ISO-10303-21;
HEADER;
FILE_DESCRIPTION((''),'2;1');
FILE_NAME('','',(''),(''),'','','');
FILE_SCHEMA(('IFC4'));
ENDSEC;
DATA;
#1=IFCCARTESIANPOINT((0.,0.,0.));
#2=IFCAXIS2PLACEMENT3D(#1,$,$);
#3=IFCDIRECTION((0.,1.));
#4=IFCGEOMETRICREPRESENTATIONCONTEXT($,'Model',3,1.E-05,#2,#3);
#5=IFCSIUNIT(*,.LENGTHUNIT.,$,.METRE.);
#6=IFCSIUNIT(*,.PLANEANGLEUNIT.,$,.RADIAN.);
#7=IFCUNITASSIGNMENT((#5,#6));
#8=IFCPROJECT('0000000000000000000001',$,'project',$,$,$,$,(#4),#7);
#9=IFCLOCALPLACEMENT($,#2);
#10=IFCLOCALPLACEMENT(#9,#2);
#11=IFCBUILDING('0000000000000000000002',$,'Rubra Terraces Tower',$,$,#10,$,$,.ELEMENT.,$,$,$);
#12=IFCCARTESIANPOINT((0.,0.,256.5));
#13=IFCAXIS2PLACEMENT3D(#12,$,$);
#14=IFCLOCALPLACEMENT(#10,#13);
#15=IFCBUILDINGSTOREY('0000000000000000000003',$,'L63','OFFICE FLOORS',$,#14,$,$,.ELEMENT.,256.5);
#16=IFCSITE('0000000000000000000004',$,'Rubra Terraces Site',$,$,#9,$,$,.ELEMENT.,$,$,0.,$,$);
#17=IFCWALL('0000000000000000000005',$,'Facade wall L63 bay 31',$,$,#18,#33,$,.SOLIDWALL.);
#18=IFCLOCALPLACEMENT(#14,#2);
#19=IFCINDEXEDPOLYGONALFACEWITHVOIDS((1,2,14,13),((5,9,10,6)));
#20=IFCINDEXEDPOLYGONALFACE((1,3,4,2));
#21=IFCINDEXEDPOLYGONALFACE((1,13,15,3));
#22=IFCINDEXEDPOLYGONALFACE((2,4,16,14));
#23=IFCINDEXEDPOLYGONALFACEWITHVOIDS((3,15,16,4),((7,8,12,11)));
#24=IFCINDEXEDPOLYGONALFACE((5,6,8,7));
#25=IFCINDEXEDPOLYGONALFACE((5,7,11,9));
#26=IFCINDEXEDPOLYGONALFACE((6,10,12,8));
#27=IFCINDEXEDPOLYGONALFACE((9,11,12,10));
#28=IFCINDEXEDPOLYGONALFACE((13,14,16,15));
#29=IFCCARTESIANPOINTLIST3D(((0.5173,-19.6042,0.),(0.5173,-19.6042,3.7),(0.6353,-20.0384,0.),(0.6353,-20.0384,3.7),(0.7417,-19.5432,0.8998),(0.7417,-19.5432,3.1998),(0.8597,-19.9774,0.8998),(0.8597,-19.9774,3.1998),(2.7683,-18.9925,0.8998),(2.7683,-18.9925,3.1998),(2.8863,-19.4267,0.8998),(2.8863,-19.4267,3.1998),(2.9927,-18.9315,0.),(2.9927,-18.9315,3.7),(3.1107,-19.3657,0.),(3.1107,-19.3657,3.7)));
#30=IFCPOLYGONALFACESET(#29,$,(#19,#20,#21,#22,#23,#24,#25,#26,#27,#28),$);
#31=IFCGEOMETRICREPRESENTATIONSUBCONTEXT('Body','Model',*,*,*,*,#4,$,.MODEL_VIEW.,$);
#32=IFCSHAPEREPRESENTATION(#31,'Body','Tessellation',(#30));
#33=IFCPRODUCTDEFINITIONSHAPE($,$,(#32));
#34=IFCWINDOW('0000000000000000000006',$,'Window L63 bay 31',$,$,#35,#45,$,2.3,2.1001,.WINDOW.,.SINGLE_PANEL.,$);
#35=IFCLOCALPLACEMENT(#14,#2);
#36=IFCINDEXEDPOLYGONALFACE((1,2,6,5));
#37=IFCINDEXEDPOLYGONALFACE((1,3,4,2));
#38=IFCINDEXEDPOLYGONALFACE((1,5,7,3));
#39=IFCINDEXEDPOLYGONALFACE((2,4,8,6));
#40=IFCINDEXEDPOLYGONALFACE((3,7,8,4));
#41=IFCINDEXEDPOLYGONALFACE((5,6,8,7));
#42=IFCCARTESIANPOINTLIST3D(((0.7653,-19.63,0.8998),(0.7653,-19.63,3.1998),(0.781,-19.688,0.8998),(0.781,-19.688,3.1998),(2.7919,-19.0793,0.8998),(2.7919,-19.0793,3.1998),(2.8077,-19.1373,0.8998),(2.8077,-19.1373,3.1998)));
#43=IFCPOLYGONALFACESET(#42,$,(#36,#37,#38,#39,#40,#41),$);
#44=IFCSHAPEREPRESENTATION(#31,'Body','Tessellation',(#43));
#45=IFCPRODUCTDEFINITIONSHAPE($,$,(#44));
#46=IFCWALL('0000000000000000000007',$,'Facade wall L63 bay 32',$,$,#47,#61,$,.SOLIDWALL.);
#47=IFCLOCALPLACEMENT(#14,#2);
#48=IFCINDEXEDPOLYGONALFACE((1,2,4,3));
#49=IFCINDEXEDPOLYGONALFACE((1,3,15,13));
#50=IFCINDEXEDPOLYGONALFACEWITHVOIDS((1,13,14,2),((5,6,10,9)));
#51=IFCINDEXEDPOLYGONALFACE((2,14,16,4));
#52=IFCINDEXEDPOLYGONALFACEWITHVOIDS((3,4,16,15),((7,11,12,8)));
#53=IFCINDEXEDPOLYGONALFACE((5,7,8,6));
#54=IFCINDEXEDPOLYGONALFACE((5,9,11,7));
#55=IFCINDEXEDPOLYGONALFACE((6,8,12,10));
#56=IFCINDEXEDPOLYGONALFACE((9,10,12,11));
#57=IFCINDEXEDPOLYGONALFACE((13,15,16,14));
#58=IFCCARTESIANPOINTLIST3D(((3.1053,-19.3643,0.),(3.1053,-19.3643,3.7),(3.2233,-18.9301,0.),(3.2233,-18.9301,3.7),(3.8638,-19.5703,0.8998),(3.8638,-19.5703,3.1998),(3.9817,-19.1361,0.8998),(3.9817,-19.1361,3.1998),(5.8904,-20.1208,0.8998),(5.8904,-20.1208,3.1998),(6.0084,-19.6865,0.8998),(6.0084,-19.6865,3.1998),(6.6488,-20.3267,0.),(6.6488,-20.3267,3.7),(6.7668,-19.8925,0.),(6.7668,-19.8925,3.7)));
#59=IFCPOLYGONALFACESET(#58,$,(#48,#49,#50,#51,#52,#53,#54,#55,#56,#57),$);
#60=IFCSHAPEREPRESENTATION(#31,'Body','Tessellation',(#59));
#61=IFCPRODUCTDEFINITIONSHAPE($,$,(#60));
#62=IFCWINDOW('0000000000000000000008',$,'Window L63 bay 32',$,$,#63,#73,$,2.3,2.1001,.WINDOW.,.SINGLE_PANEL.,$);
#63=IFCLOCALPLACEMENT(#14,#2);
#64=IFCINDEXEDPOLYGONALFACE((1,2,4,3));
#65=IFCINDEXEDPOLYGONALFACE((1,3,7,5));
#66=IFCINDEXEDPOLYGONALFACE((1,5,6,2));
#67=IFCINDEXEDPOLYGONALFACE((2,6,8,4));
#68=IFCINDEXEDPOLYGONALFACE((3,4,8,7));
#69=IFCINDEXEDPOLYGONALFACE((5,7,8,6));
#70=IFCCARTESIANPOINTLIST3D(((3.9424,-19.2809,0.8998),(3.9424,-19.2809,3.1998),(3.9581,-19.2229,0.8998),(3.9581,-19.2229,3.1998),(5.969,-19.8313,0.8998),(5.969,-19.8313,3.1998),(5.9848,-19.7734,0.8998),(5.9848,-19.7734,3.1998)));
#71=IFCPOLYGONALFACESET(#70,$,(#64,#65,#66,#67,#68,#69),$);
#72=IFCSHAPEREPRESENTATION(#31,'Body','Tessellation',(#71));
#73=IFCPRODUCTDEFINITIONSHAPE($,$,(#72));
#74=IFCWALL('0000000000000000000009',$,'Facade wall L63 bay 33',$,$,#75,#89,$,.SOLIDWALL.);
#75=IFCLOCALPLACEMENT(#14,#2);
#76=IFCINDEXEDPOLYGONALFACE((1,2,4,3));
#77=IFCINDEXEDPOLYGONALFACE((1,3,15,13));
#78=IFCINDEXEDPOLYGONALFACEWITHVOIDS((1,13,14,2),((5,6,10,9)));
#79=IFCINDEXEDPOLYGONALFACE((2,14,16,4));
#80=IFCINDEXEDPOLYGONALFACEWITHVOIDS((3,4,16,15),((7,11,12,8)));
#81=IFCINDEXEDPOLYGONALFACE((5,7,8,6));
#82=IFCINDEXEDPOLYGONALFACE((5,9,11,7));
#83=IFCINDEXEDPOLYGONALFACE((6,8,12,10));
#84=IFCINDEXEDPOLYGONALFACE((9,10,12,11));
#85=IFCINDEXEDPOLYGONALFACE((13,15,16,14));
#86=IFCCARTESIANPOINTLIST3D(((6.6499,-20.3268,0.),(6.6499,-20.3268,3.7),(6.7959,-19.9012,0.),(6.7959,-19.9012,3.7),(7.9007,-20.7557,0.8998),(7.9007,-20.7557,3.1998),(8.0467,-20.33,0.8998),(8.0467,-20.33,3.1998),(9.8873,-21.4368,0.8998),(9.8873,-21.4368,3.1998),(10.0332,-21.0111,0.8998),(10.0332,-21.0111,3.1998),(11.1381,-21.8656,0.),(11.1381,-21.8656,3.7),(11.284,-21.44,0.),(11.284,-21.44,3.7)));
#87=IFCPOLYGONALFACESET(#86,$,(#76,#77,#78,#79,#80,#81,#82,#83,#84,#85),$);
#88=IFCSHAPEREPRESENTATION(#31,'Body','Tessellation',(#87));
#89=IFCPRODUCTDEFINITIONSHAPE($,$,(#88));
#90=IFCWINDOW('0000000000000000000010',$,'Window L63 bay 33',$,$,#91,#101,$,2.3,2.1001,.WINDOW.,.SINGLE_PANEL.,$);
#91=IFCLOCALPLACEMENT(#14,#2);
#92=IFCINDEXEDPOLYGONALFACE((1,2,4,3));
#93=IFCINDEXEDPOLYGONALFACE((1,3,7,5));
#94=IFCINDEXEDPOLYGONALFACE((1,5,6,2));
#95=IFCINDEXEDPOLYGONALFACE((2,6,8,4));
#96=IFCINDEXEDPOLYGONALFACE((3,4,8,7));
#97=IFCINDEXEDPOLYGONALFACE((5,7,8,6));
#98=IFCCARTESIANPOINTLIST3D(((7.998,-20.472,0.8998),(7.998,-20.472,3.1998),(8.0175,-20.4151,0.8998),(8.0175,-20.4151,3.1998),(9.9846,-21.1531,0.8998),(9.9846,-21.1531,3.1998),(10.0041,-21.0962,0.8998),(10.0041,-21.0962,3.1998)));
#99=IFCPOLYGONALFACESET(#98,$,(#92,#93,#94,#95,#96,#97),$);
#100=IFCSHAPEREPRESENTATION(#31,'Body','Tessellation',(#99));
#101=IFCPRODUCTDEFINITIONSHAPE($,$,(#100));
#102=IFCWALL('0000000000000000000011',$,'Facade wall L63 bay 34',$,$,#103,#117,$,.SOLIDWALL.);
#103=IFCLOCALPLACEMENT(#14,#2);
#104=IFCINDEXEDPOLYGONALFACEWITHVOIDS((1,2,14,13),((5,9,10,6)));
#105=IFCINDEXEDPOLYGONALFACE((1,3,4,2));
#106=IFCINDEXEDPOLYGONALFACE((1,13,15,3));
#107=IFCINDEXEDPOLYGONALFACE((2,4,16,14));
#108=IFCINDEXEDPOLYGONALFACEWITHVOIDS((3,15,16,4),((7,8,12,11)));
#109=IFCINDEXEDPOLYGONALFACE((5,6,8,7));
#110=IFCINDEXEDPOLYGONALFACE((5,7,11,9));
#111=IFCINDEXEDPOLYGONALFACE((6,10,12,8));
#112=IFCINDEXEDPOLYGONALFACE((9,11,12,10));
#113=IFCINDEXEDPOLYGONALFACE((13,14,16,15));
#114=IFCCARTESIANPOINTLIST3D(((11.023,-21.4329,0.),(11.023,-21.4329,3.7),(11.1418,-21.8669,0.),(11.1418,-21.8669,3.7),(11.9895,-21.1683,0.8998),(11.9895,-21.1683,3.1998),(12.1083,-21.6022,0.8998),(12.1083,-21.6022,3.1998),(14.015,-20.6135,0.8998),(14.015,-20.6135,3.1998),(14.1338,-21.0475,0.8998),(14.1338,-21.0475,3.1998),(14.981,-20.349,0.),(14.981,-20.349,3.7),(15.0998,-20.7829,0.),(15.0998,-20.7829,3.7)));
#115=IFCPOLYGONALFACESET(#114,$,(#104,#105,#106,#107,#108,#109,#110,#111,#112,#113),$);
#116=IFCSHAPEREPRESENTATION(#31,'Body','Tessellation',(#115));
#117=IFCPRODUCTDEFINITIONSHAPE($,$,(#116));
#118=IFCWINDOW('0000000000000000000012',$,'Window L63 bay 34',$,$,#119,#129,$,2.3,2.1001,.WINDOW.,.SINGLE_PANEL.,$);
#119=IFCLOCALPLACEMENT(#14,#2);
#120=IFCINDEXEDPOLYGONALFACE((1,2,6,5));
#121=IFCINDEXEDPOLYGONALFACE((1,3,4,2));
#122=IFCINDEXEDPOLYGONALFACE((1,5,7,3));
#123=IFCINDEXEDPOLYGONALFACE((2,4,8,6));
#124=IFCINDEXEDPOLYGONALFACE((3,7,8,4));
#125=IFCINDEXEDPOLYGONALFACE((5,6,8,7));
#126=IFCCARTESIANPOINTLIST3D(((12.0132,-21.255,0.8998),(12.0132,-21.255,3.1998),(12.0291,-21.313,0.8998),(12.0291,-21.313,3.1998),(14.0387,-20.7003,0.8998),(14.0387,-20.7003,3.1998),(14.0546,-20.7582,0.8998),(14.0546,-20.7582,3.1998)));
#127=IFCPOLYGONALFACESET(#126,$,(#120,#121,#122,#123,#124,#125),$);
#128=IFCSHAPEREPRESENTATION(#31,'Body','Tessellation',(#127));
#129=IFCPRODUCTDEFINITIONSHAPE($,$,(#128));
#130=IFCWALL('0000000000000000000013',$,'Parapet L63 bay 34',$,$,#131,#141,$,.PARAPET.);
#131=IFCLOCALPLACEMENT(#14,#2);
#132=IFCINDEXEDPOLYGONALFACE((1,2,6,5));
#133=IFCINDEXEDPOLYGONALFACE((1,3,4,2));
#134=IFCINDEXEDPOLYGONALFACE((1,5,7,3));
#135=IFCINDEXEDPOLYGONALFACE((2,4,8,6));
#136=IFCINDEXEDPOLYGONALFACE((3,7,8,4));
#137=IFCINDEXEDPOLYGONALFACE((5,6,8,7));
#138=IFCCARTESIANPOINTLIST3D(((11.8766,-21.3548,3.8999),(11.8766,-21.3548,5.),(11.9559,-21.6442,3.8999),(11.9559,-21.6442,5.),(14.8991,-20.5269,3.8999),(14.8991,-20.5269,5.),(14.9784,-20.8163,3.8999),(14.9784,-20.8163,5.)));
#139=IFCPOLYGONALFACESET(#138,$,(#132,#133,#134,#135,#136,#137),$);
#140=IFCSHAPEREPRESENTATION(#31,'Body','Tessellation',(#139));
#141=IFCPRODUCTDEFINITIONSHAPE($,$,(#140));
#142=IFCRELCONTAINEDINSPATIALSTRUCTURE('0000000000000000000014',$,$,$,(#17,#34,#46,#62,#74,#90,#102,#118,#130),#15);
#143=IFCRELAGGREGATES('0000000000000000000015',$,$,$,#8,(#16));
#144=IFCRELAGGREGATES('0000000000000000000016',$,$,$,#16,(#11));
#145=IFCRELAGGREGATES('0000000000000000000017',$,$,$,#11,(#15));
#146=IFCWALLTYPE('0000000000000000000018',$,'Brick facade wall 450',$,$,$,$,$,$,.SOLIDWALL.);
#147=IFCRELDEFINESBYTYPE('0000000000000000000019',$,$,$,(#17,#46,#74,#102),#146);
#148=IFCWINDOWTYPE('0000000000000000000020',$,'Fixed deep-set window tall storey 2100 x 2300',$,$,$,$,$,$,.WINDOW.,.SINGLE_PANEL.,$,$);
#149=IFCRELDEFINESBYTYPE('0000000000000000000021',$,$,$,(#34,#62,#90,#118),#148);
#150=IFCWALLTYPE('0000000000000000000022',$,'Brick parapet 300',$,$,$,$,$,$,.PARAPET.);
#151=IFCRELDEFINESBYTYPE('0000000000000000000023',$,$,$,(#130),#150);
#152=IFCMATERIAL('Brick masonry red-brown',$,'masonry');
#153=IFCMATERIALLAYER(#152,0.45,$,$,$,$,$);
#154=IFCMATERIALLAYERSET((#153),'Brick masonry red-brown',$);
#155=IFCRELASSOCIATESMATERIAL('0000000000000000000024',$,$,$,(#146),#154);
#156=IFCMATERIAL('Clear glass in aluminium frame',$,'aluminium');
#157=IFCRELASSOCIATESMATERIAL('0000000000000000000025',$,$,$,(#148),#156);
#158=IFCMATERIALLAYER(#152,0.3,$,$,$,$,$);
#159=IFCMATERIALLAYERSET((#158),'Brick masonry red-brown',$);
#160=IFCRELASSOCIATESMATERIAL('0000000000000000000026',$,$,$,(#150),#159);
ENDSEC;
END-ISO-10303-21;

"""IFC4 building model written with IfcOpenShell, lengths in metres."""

from ifc_helpers import new_model, si_unit, direction, frame, frame_2d, origin, place, context, subcontext, project, spatial, rectangle, extrude, material, layer, layer_set, type_object, element, fill, save


model = new_model("IFC4")

# Units and contexts
model_context = context("Model", 3, precision=1e-05, world=origin(), true_north=direction((0.0, 1.0)))
body_context = subcontext(model_context, "Body", "Model", "MODEL_VIEW")
ifc_project = project(units=[si_unit("LENGTHUNIT", "METRE"), si_unit("PLANEANGLEUNIT", "RADIAN")], contexts=[model_context])

# Site, building, storey
site_placement = place(None, origin())
site = spatial("IfcSite", under=ifc_project, at=site_placement, Name="Rubra Terraces Site", CompositionType="ELEMENT", RefElevation=0.0)
building_placement = place(site_placement, origin())
building = spatial("IfcBuilding", under=site, at=building_placement, Name="Rubra Terraces Tower", CompositionType="ELEMENT")
storey_placement = place(building_placement, frame((0.0, 0.0, 256.5)))
storey = spatial("IfcBuildingStorey", under=building, at=storey_placement, Name="L63", Description="OFFICE FLOORS", CompositionType="ELEMENT", Elevation=256.5)

# Walls, openings, windows
ifc_material_1 = material(Name="Brick masonry red-brown", Category="masonry")
ifc_layer_1 = layer(ifc_material_1, 0.45)
ifc_layer_set_1 = layer_set([ifc_layer_1], Name="Brick masonry red-brown")
wall_type_1 = type_object("IfcWallType", Name="Brick facade wall 450", PredefinedType="SOLIDWALL", material=ifc_layer_set_1)
wall_1_placement = place(storey_placement, frame((0.5762, -19.8213, 0.0), z_axis=(0.0, 0.0, 1.0), x_axis=(0.965009, 0.262215, 0.0)))
wall_1 = element("IfcWall", 1, at=wall_1_placement, inside=storey, type_object=wall_type_1, Name="Facade wall L63 bay 31", PredefinedType="SOLIDWALL", context=body_context, shape_type="SweptSolid", body=[
    extrude(rectangle(XDim=2.5652, YDim=0.45, at=frame_2d((1.2827, 0.0))), origin(), (0.0, 0.0, 1.0), 3.7),
])
opening_1_placement = place(wall_1_placement, frame((0.2327, 0.0, 0.8999)))
opening_1 = element("IfcOpeningElement", 2, at=opening_1_placement, cuts=wall_1, PredefinedType="OPENING", context=body_context, shape_type="SweptSolid", body=[
    extrude(rectangle(XDim=2.1001, YDim=2.3, at=frame_2d((1.05, 1.1499))), frame((0.0, 0.2349, 0.0), z_axis=(0.0, -1.0, 0.0), x_axis=(1.0, 0.0, 0.0)), (0.0, 0.0, 1.0), 0.47),
])
ifc_material_2 = material(Name="Clear glass in aluminium frame", Category="aluminium")
window_type = type_object("IfcWindowType", Name="Fixed deep-set window tall storey 2100 x 2300", PartitioningType="SINGLE_PANEL", PredefinedType="WINDOW", material=ifc_material_2)
window_1_placement = place(opening_1_placement, origin())
window_1 = element("IfcWindow", 3, at=window_1_placement, inside=storey, type_object=window_type, Name="Window L63 bay 31", OverallHeight=2.3, OverallWidth=2.1001, PartitioningType="SINGLE_PANEL", PredefinedType="WINDOW", context=body_context, shape_type="SweptSolid", body=[
    extrude(rectangle(XDim=2.1001, YDim=2.3, at=frame_2d((1.05, 1.1499))), frame((0.0, 0.135, 0.0), z_axis=(0.0, -1.0, 0.0), x_axis=(1.0, 0.0, 0.0)), (0.0, 0.0, 1.0), 0.0601),
])
fill(opening_1, window_1)
wall_2_placement = place(storey_placement, frame((3.1643, -19.1472, 0.0), z_axis=(0.0, 0.0, 1.0), x_axis=(0.965039, -0.262105, 0.0)))
wall_2 = element("IfcWall", 4, at=wall_2_placement, inside=storey, type_object=wall_type_1, Name="Facade wall L63 bay 32", PredefinedType="SOLIDWALL", context=body_context, shape_type="SweptSolid", body=[
    extrude(rectangle(XDim=3.6719, YDim=0.45, at=frame_2d((1.8359, 0.0))), origin(), (0.0, 0.0, 1.0), 3.7),
])
opening_2_placement = place(wall_2_placement, frame((0.7859, 0.0, 0.8999)))
opening_2 = element("IfcOpeningElement", 5, at=opening_2_placement, cuts=wall_2, PredefinedType="OPENING", context=body_context, shape_type="SweptSolid", body=[
    extrude(rectangle(XDim=2.1001, YDim=2.3, at=frame_2d((1.05, 1.1499))), frame((0.0, 0.2349, 0.0), z_axis=(0.0, -1.0, 0.0), x_axis=(1.0, 0.0, 0.0)), (0.0, 0.0, 1.0), 0.47),
])
window_2_placement = place(opening_2_placement, origin())
window_2 = element("IfcWindow", 6, at=window_2_placement, inside=storey, type_object=window_type, Name="Window L63 bay 32", OverallHeight=2.3, OverallWidth=2.1001, PartitioningType="SINGLE_PANEL", PredefinedType="WINDOW", context=body_context, shape_type="SweptSolid", body=[
    extrude(rectangle(XDim=2.1001, YDim=2.3, at=frame_2d((1.05, 1.1499))), frame((0.0, 0.135, 0.0), z_axis=(0.0, -1.0, 0.0), x_axis=(1.0, 0.0, 0.0)), (0.0, 0.0, 1.0), 0.0601),
])
fill(opening_2, window_2)
wall_3_placement = place(storey_placement, frame((6.7229, -20.114, 0.0), z_axis=(0.0, 0.0, 1.0), x_axis=(0.945947, -0.32432, 0.0)))
wall_3 = element("IfcWall", 7, at=wall_3_placement, inside=storey, type_object=wall_type_1, Name="Facade wall L63 bay 33", PredefinedType="SOLIDWALL", context=body_context, shape_type="SweptSolid", body=[
    extrude(rectangle(XDim=4.7446, YDim=0.45, at=frame_2d((2.3723, 0.0))), origin(), (0.0, 0.0, 1.0), 3.7),
])
opening_3_placement = place(wall_3_placement, frame((1.3223, 0.0, 0.8999)))
opening_3 = element("IfcOpeningElement", 8, at=opening_3_placement, cuts=wall_3, PredefinedType="OPENING", context=body_context, shape_type="SweptSolid", body=[
    extrude(rectangle(XDim=2.1001, YDim=2.3, at=frame_2d((1.05, 1.1499))), frame((0.0, 0.2349, 0.0), z_axis=(0.0, -1.0, 0.0), x_axis=(1.0, 0.0, 0.0)), (0.0, 0.0, 1.0), 0.47),
])
window_3_placement = place(opening_3_placement, origin())
window_3 = element("IfcWindow", 9, at=window_3_placement, inside=storey, type_object=window_type, Name="Window L63 bay 33", OverallHeight=2.3, OverallWidth=2.1001, PartitioningType="SINGLE_PANEL", PredefinedType="WINDOW", context=body_context, shape_type="SweptSolid", body=[
    extrude(rectangle(XDim=2.1001, YDim=2.3, at=frame_2d((1.05, 1.1499))), frame((0.0, 0.135, 0.0), z_axis=(0.0, -1.0, 0.0), x_axis=(1.0, 0.0, 0.0)), (0.0, 0.0, 1.0), 0.0601),
])
fill(opening_3, window_3)
wall_4_placement = place(storey_placement, frame((11.0825, -21.6499, 0.0), z_axis=(0.0, 0.0, 1.0), x_axis=(0.964483, 0.264144, 0.0)))
wall_4 = element("IfcWall", 10, at=wall_4_placement, inside=storey, type_object=wall_type_1, Name="Facade wall L63 bay 34", PredefinedType="SOLIDWALL", context=body_context, shape_type="SweptSolid", body=[
    extrude(rectangle(XDim=4.1038, YDim=0.45, at=frame_2d((2.0518, 0.0))), origin(), (0.0, 0.0, 1.0), 3.7),
])
opening_4_placement = place(wall_4_placement, frame((1.002, 0.0, 0.8999)))
opening_4 = element("IfcOpeningElement", 11, at=opening_4_placement, cuts=wall_4, PredefinedType="OPENING", context=body_context, shape_type="SweptSolid", body=[
    extrude(rectangle(XDim=2.1001, YDim=2.3, at=frame_2d((1.05, 1.1499))), frame((0.0, 0.2349, 0.0), z_axis=(0.0, -1.0, 0.0), x_axis=(1.0, 0.0, 0.0)), (0.0, 0.0, 1.0), 0.47),
])
window_4_placement = place(opening_4_placement, origin())
window_4 = element("IfcWindow", 12, at=window_4_placement, inside=storey, type_object=window_type, Name="Window L63 bay 34", OverallHeight=2.3, OverallWidth=2.1001, PartitioningType="SINGLE_PANEL", PredefinedType="WINDOW", context=body_context, shape_type="SweptSolid", body=[
    extrude(rectangle(XDim=2.1001, YDim=2.3, at=frame_2d((1.05, 1.1499))), frame((0.0, 0.135, 0.0), z_axis=(0.0, -1.0, 0.0), x_axis=(1.0, 0.0, 0.0)), (0.0, 0.0, 1.0), 0.0601),
])
fill(opening_4, window_4)

# Wall
ifc_layer_2 = layer(ifc_material_1, 0.3)
ifc_layer_set_2 = layer_set([ifc_layer_2], Name="Brick masonry red-brown")
wall_type_2 = type_object("IfcWallType", Name="Brick parapet 300", PredefinedType="PARAPET", material=ifc_layer_set_2)
wall_5_placement = place(storey_placement, frame((11.9163, -21.4995, 3.8999), z_axis=(0.0, 0.0, 1.0), x_axis=(0.964474, 0.264179, 0.0)))
element("IfcWall", 13, at=wall_5_placement, inside=storey, type_object=wall_type_2, Name="Parapet L63 bay 34", PredefinedType="PARAPET", context=body_context, shape_type="SweptSolid", body=[
    extrude(rectangle(XDim=3.1338, YDim=0.3, at=frame_2d((1.5669, 0.0))), origin(), (0.0, 0.0, 1.0), 1.1001),
])

save(model, "model.ifc")
